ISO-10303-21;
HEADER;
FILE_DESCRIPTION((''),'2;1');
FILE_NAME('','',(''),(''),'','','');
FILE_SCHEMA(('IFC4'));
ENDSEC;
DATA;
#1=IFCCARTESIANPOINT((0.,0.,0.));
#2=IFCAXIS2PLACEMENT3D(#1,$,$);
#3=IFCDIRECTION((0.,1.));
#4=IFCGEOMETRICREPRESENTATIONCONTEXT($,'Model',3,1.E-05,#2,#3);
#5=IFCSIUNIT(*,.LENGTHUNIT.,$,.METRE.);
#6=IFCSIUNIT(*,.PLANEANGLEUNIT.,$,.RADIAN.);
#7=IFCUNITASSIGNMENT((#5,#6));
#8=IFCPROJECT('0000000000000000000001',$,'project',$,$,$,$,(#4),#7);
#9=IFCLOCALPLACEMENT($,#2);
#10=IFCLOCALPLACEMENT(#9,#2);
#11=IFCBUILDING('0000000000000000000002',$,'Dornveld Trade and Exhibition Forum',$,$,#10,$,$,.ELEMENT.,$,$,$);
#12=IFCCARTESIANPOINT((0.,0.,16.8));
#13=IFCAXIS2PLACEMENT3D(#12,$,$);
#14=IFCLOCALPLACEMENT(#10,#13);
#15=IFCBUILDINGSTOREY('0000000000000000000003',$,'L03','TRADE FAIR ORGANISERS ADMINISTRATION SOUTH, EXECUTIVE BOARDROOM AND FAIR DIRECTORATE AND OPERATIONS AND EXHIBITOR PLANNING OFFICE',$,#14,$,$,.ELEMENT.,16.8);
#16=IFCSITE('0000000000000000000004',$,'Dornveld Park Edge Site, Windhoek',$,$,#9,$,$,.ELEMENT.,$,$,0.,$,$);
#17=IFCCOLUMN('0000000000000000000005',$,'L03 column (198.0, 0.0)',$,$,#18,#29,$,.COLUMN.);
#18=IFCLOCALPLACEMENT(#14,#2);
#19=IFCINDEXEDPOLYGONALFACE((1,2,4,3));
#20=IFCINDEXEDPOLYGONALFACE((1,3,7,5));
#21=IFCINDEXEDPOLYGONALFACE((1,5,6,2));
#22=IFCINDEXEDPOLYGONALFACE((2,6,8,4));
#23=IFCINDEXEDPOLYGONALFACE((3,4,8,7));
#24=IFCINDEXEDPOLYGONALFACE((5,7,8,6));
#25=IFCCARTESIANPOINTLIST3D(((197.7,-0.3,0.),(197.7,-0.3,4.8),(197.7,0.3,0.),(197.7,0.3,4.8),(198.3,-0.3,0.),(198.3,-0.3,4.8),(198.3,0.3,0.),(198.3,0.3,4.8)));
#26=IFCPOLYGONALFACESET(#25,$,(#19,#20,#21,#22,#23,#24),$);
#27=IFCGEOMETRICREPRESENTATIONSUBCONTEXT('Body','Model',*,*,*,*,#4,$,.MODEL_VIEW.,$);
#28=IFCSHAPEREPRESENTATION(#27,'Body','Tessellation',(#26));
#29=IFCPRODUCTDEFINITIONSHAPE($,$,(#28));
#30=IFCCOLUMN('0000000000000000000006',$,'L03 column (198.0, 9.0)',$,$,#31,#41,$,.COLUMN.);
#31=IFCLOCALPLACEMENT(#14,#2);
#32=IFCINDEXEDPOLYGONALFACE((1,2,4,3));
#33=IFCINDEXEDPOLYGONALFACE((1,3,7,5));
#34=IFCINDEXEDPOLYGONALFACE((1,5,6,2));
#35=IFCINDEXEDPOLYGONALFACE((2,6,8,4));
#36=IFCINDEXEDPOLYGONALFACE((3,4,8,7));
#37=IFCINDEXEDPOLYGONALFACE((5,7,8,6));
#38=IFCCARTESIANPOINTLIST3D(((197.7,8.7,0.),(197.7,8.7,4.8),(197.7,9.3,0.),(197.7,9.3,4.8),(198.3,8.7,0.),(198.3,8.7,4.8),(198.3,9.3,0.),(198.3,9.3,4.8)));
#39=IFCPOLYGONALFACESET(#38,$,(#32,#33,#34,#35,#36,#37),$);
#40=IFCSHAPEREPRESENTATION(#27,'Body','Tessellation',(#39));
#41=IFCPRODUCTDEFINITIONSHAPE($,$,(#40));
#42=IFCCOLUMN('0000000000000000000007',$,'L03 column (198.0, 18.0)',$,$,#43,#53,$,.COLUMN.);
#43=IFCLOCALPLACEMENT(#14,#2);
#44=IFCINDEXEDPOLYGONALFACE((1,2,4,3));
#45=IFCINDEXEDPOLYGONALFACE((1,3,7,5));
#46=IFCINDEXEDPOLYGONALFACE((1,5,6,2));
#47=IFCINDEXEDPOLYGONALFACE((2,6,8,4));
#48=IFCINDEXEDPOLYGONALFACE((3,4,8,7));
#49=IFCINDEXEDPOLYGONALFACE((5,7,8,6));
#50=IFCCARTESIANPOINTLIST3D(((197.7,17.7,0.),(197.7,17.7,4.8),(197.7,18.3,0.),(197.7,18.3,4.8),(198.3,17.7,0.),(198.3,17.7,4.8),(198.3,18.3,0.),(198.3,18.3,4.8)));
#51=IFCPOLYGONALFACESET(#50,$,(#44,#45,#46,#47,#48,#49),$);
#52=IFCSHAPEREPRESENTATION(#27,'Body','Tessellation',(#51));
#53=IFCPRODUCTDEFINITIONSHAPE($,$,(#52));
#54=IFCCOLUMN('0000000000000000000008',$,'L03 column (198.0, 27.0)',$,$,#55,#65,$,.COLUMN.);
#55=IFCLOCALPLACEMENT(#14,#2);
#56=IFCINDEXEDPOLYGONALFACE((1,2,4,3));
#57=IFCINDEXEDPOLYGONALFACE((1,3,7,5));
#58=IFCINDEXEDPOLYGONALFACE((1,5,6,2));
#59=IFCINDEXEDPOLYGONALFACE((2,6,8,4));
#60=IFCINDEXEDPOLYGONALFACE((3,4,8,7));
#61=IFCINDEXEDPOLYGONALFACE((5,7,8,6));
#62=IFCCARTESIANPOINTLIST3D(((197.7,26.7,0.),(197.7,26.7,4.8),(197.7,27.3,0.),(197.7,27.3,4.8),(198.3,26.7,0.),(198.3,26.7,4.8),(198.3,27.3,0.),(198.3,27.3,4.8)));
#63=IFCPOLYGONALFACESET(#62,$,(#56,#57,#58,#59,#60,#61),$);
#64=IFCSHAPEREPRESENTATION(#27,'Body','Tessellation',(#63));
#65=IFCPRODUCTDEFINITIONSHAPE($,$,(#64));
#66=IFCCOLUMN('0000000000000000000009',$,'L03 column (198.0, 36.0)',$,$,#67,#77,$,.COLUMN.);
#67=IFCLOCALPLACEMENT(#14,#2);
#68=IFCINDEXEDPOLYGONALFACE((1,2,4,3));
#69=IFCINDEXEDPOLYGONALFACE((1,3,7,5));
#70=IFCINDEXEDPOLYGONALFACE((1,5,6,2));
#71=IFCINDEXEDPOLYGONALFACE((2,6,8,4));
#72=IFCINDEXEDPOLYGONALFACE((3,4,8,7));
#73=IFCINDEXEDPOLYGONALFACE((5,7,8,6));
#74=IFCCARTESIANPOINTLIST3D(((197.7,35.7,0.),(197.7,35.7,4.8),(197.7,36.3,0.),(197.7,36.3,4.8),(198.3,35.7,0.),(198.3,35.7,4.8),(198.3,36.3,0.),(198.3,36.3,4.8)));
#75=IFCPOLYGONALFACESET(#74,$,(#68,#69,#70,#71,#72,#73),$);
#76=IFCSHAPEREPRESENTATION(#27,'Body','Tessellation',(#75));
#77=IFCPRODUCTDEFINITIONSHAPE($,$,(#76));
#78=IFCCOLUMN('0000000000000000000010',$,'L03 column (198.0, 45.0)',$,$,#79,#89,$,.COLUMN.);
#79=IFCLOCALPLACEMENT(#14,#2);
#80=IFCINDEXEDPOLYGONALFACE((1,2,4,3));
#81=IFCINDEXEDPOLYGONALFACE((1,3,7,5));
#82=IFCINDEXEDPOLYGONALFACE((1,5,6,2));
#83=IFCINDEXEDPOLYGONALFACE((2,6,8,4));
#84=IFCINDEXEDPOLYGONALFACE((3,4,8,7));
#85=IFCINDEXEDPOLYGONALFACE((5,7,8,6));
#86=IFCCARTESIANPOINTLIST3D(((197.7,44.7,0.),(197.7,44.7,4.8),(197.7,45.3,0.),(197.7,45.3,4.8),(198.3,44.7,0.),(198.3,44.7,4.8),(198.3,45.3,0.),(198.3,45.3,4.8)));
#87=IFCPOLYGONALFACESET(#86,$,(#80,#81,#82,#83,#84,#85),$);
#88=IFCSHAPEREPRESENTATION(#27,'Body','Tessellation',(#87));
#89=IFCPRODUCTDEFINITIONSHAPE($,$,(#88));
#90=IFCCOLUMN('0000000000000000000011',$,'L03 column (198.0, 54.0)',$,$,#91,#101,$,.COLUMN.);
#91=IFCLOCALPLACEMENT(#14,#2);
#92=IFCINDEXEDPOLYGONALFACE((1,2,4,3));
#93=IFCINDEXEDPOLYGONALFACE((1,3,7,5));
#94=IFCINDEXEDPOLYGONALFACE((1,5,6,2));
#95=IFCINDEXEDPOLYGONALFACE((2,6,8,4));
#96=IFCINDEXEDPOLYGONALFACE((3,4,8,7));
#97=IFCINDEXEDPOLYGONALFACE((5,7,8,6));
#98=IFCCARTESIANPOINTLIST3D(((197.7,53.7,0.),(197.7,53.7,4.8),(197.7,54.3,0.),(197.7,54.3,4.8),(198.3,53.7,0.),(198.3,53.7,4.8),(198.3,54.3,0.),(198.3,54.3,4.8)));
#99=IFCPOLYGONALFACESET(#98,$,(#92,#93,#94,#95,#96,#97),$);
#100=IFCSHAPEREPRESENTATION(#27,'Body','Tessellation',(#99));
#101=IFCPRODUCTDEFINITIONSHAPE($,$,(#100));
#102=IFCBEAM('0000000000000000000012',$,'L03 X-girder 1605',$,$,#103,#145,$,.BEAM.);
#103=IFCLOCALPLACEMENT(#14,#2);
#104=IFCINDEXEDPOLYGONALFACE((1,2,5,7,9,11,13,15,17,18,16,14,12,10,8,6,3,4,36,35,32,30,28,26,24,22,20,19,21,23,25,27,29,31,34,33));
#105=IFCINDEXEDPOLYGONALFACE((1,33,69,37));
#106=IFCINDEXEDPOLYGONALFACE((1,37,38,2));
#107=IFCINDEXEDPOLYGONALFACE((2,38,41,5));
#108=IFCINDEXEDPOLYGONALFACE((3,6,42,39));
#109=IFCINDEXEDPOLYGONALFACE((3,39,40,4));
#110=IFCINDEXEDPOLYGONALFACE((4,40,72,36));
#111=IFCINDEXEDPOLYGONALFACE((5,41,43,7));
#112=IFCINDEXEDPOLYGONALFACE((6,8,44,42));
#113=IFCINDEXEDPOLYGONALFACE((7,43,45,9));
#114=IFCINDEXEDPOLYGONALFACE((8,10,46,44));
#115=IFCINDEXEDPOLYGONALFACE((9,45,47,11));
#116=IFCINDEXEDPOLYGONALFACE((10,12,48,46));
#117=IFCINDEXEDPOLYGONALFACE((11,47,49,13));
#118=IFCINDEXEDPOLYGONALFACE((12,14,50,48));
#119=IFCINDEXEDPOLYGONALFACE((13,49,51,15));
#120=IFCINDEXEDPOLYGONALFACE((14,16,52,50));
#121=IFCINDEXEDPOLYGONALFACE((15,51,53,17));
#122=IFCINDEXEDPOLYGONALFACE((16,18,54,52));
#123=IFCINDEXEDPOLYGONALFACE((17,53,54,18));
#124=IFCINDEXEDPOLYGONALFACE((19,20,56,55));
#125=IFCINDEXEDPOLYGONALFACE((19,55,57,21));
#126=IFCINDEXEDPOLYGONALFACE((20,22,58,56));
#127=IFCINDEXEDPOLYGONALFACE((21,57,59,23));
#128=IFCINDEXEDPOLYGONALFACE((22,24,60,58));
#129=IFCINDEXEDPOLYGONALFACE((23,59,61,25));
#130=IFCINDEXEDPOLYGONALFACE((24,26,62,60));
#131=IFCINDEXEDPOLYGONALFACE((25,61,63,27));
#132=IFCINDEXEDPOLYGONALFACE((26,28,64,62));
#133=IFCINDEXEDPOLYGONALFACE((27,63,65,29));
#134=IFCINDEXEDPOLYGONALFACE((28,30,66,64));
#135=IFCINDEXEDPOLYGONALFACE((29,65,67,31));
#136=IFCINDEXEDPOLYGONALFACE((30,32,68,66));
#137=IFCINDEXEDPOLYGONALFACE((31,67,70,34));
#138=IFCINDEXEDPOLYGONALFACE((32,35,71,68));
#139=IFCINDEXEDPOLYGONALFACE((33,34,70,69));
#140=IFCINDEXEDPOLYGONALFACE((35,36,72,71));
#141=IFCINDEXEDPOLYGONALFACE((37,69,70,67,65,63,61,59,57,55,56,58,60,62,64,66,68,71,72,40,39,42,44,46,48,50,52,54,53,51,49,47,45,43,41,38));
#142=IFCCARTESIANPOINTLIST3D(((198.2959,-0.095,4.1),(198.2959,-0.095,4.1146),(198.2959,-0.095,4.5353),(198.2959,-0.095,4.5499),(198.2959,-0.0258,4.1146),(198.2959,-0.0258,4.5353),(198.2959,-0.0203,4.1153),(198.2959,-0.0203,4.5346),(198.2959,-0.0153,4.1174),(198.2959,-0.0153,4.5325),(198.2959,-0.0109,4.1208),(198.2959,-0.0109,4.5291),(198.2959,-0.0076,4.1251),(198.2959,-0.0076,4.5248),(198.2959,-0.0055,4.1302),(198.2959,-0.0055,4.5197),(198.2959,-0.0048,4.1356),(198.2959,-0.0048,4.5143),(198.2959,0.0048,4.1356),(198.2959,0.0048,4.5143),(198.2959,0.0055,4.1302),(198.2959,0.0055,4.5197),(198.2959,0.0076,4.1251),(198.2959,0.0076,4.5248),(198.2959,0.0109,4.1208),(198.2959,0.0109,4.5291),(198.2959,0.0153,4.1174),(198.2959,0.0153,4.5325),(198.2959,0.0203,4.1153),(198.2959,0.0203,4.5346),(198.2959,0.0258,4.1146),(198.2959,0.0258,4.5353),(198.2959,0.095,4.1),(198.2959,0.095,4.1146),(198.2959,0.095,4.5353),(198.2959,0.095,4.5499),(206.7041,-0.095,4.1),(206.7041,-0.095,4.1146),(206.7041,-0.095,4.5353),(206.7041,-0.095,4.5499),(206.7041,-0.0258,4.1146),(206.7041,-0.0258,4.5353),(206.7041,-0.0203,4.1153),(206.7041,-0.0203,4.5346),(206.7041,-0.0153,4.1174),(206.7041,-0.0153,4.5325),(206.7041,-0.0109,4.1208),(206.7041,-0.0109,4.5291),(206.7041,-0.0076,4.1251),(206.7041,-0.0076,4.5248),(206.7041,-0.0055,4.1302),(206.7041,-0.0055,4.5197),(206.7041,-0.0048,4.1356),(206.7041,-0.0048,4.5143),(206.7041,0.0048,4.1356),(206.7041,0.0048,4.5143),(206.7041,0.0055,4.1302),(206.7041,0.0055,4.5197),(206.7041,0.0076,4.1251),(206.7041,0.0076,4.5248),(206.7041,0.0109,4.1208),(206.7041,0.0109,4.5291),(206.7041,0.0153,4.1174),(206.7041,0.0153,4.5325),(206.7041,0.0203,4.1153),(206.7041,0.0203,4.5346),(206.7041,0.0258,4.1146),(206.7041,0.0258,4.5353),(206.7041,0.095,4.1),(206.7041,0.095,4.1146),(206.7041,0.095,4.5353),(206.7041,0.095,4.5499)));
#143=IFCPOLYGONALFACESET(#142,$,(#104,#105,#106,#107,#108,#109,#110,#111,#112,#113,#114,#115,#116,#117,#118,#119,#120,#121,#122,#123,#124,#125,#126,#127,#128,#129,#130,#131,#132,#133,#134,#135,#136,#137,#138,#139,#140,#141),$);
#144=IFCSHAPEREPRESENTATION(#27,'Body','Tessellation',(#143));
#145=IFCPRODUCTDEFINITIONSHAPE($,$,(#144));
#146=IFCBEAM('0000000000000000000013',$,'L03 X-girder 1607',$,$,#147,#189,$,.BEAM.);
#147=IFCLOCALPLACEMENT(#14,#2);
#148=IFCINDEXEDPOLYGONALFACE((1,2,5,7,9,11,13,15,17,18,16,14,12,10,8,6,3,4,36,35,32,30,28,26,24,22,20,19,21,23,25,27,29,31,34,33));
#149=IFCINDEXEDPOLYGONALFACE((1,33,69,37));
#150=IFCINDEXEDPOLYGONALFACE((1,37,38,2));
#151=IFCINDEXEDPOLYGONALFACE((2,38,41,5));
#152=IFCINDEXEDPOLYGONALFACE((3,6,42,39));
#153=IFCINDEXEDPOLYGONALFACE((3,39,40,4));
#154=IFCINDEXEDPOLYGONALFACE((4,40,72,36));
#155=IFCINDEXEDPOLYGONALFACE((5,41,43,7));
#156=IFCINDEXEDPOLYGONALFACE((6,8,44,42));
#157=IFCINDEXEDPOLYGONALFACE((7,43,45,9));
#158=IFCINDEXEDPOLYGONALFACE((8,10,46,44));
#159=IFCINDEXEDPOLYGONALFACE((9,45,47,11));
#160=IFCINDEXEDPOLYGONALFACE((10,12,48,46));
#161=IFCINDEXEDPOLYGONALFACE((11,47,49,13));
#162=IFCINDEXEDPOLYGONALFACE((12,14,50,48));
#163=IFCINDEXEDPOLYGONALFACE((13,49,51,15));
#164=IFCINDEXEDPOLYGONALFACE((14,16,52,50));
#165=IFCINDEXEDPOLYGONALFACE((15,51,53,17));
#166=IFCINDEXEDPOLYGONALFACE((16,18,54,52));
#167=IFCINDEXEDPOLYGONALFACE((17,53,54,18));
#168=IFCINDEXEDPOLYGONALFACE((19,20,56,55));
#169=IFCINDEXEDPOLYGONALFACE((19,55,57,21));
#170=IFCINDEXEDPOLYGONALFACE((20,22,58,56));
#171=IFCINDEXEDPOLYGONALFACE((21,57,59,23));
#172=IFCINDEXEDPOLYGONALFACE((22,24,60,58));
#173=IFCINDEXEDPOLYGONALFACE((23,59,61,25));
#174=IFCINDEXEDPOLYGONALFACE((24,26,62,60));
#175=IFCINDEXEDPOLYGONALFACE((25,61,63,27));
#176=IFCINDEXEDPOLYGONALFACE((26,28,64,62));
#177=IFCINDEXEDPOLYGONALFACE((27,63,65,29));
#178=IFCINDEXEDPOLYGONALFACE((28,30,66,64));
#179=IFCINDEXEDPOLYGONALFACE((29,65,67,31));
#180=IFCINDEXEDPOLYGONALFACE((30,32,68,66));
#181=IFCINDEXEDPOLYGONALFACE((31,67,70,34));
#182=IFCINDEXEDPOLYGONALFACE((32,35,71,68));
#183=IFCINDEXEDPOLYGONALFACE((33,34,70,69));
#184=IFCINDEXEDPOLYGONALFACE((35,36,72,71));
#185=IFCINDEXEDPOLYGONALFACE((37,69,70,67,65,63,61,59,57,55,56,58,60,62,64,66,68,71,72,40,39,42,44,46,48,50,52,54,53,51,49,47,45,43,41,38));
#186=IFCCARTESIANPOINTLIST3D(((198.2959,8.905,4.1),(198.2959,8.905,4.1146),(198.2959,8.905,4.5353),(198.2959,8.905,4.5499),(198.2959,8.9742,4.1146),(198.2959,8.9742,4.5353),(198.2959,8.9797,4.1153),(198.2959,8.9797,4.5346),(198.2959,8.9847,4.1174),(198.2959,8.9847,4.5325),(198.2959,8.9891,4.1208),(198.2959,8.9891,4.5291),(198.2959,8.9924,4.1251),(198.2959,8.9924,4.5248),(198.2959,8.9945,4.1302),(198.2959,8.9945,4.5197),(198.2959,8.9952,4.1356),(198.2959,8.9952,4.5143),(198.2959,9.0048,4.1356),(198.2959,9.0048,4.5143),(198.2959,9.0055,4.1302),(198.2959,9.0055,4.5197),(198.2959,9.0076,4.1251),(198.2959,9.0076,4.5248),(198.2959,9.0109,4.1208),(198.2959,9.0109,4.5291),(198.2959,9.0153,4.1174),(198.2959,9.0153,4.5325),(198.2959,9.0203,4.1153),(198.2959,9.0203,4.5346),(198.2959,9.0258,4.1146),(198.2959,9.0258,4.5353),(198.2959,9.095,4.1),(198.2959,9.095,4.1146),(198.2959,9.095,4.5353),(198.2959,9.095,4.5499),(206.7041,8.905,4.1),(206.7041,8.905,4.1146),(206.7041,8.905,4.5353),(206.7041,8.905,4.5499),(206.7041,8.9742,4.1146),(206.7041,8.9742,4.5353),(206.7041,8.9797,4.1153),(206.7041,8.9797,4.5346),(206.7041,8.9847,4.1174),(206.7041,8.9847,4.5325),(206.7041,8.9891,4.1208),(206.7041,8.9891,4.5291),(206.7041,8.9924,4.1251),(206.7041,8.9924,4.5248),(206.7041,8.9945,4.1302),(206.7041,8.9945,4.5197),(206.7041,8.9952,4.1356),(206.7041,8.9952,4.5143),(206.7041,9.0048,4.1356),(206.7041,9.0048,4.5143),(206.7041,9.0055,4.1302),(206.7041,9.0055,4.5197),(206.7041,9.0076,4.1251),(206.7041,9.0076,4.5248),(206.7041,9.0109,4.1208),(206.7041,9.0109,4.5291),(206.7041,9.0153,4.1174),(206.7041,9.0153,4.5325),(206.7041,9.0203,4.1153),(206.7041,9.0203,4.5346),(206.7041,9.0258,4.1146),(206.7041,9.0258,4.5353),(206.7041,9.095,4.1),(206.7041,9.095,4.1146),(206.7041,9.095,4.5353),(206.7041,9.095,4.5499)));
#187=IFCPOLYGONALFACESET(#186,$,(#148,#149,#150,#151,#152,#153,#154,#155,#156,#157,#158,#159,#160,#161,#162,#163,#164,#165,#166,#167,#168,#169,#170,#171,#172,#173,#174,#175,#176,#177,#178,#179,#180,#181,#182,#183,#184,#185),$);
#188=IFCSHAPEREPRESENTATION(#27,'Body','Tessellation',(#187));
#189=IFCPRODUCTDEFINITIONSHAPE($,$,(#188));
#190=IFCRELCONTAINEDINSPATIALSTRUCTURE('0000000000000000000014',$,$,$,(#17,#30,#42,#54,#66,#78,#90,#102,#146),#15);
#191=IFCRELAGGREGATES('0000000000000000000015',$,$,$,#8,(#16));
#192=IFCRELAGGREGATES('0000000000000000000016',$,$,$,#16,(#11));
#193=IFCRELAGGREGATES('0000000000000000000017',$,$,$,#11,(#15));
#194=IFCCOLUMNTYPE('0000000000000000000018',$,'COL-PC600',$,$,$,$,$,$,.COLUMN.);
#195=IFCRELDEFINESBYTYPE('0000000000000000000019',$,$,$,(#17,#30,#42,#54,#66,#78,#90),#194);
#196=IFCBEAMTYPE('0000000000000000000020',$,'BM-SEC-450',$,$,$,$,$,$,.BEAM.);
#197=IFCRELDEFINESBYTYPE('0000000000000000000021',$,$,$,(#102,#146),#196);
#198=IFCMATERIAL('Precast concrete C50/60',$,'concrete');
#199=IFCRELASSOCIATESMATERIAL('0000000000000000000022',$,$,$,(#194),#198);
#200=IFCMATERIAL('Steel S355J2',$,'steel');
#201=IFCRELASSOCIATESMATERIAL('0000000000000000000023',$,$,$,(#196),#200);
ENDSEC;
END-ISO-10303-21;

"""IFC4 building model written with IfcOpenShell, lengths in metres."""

from ifc_helpers import new_model, si_unit, direction, frame, origin, origin_2d, place, context, subcontext, project, spatial, rectangle, i_section, extrude, material, material_profile, profile_set, type_object, element, save


model = new_model("IFC4")

# Units and contexts
model_context = context("Model", 3, precision=1e-05, world=origin(), true_north=direction((0.0, 1.0)))
body_context = subcontext(model_context, "Body", "Model", "MODEL_VIEW")
ifc_project = project(units=[si_unit("LENGTHUNIT", "METRE"), si_unit("PLANEANGLEUNIT", "RADIAN")], contexts=[model_context])

# Site, building, storey
site_placement = place(None, origin())
site = spatial("IfcSite", under=ifc_project, at=site_placement, Name="Dornveld Park Edge Site, Windhoek", CompositionType="ELEMENT", RefElevation=0.0)
building_placement = place(site_placement, origin())
building = spatial("IfcBuilding", under=site, at=building_placement, Name="Dornveld Trade and Exhibition Forum", CompositionType="ELEMENT")
storey_placement = place(building_placement, frame((0.0, 0.0, 16.8)))
storey = spatial("IfcBuildingStorey", under=building, at=storey_placement, Name="L03", Description="TRADE FAIR ORGANISERS ADMINISTRATION SOUTH, EXECUTIVE BOARDROOM AND FAIR DIRECTORATE AND OPERATIONS AND EXHIBITOR PLANNING OFFICE", CompositionType="ELEMENT", Elevation=16.8)

# Columns
ifc_material_1 = material(Name="Precast concrete C50/60", Category="concrete")
ifc_material_profile_1 = material_profile(ifc_material_1, rectangle(XDim=0.6001, YDim=0.6001, at=origin_2d()), Name="PC-COL 600x600")
ifc_profile_set_1 = profile_set([ifc_material_profile_1], Name="Precast concrete C50/60")
column_type = type_object("IfcColumnType", Name="COL-PC600", PredefinedType="COLUMN", material=ifc_profile_set_1)
for number, where, z_axis, x_axis, name in (
    (1, (198.0, 0.0, 0.0), (0.0, 0.0, 1.0), (1.0, 0.0, 0.0), "L03 column (198.0, 0.0)"),
    (2, (198.0, 9.0, 0.0), (0.0, 0.0, 1.0), (1.0, 0.0, 0.0), "L03 column (198.0, 9.0)"),
    (3, (198.0, 18.0, 0.0), (0.0, 0.0, 1.0), (1.0, 0.0, 0.0), "L03 column (198.0, 18.0)"),
    (4, (198.0, 27.0, 0.0), (0.0, 0.0, 1.0), (1.0, 0.0, 0.0), "L03 column (198.0, 27.0)"),
    (5, (198.0, 36.0, 0.0), (0.0, 0.0, 1.0), (1.0, 0.0, 0.0), "L03 column (198.0, 36.0)"),
    (6, (198.0, 45.0, 0.0), (0.0, 0.0, 1.0), (1.0, 0.0, 0.0), "L03 column (198.0, 45.0)"),
    (7, (198.0, 54.0, 0.0), (0.0, 0.0, 1.0), (1.0, 0.0, 0.0), "L03 column (198.0, 54.0)"),
):
    element("IfcColumn", number, at=place(storey_placement, frame(where, z_axis=z_axis, x_axis=x_axis)), inside=storey, type_object=column_type, Name=name, PredefinedType="COLUMN", context=body_context, shape_type="SweptSolid", body=[
        extrude(rectangle(XDim=0.6001, YDim=0.6001, at=origin_2d()), origin(), (0.0, 0.0, 1.0), 4.8),
    ])

# Beams
ifc_material_2 = material(Name="Steel S355J2", Category="steel")
ifc_material_profile_2 = material_profile(ifc_material_2, i_section(OverallWidth=0.1899, OverallDepth=0.45, WebThickness=0.0095, FlangeThickness=0.0146, FilletRadius=0.021, at=origin_2d()), Name="IPE 450")
ifc_profile_set_2 = profile_set([ifc_material_profile_2], Name="Steel S355J2")
beam_type = type_object("IfcBeamType", Name="BM-SEC-450", PredefinedType="BEAM", material=ifc_profile_set_2)
for number, where, z_axis, x_axis, name in (
    (8, (198.2959, 0.0, 4.325), (1.0, 0.0, 0.0), (0.0, 1.0, 0.0), "L03 X-girder 1605"),
    (9, (198.2959, 9.0, 4.325), (1.0, 0.0, 0.0), (0.0, 1.0, 0.0), "L03 X-girder 1607"),
):
    element("IfcBeam", number, at=place(storey_placement, frame(where, z_axis=z_axis, x_axis=x_axis)), inside=storey, type_object=beam_type, Name=name, PredefinedType="BEAM", context=body_context, shape_type="SweptSolid", body=[
        extrude(i_section(OverallWidth=0.1899, OverallDepth=0.45, WebThickness=0.0095, FlangeThickness=0.0146, FilletRadius=0.021, at=origin_2d()), origin(), (0.0, 0.0, 1.0), 8.4082),
    ])

save(model, "model.ifc")
